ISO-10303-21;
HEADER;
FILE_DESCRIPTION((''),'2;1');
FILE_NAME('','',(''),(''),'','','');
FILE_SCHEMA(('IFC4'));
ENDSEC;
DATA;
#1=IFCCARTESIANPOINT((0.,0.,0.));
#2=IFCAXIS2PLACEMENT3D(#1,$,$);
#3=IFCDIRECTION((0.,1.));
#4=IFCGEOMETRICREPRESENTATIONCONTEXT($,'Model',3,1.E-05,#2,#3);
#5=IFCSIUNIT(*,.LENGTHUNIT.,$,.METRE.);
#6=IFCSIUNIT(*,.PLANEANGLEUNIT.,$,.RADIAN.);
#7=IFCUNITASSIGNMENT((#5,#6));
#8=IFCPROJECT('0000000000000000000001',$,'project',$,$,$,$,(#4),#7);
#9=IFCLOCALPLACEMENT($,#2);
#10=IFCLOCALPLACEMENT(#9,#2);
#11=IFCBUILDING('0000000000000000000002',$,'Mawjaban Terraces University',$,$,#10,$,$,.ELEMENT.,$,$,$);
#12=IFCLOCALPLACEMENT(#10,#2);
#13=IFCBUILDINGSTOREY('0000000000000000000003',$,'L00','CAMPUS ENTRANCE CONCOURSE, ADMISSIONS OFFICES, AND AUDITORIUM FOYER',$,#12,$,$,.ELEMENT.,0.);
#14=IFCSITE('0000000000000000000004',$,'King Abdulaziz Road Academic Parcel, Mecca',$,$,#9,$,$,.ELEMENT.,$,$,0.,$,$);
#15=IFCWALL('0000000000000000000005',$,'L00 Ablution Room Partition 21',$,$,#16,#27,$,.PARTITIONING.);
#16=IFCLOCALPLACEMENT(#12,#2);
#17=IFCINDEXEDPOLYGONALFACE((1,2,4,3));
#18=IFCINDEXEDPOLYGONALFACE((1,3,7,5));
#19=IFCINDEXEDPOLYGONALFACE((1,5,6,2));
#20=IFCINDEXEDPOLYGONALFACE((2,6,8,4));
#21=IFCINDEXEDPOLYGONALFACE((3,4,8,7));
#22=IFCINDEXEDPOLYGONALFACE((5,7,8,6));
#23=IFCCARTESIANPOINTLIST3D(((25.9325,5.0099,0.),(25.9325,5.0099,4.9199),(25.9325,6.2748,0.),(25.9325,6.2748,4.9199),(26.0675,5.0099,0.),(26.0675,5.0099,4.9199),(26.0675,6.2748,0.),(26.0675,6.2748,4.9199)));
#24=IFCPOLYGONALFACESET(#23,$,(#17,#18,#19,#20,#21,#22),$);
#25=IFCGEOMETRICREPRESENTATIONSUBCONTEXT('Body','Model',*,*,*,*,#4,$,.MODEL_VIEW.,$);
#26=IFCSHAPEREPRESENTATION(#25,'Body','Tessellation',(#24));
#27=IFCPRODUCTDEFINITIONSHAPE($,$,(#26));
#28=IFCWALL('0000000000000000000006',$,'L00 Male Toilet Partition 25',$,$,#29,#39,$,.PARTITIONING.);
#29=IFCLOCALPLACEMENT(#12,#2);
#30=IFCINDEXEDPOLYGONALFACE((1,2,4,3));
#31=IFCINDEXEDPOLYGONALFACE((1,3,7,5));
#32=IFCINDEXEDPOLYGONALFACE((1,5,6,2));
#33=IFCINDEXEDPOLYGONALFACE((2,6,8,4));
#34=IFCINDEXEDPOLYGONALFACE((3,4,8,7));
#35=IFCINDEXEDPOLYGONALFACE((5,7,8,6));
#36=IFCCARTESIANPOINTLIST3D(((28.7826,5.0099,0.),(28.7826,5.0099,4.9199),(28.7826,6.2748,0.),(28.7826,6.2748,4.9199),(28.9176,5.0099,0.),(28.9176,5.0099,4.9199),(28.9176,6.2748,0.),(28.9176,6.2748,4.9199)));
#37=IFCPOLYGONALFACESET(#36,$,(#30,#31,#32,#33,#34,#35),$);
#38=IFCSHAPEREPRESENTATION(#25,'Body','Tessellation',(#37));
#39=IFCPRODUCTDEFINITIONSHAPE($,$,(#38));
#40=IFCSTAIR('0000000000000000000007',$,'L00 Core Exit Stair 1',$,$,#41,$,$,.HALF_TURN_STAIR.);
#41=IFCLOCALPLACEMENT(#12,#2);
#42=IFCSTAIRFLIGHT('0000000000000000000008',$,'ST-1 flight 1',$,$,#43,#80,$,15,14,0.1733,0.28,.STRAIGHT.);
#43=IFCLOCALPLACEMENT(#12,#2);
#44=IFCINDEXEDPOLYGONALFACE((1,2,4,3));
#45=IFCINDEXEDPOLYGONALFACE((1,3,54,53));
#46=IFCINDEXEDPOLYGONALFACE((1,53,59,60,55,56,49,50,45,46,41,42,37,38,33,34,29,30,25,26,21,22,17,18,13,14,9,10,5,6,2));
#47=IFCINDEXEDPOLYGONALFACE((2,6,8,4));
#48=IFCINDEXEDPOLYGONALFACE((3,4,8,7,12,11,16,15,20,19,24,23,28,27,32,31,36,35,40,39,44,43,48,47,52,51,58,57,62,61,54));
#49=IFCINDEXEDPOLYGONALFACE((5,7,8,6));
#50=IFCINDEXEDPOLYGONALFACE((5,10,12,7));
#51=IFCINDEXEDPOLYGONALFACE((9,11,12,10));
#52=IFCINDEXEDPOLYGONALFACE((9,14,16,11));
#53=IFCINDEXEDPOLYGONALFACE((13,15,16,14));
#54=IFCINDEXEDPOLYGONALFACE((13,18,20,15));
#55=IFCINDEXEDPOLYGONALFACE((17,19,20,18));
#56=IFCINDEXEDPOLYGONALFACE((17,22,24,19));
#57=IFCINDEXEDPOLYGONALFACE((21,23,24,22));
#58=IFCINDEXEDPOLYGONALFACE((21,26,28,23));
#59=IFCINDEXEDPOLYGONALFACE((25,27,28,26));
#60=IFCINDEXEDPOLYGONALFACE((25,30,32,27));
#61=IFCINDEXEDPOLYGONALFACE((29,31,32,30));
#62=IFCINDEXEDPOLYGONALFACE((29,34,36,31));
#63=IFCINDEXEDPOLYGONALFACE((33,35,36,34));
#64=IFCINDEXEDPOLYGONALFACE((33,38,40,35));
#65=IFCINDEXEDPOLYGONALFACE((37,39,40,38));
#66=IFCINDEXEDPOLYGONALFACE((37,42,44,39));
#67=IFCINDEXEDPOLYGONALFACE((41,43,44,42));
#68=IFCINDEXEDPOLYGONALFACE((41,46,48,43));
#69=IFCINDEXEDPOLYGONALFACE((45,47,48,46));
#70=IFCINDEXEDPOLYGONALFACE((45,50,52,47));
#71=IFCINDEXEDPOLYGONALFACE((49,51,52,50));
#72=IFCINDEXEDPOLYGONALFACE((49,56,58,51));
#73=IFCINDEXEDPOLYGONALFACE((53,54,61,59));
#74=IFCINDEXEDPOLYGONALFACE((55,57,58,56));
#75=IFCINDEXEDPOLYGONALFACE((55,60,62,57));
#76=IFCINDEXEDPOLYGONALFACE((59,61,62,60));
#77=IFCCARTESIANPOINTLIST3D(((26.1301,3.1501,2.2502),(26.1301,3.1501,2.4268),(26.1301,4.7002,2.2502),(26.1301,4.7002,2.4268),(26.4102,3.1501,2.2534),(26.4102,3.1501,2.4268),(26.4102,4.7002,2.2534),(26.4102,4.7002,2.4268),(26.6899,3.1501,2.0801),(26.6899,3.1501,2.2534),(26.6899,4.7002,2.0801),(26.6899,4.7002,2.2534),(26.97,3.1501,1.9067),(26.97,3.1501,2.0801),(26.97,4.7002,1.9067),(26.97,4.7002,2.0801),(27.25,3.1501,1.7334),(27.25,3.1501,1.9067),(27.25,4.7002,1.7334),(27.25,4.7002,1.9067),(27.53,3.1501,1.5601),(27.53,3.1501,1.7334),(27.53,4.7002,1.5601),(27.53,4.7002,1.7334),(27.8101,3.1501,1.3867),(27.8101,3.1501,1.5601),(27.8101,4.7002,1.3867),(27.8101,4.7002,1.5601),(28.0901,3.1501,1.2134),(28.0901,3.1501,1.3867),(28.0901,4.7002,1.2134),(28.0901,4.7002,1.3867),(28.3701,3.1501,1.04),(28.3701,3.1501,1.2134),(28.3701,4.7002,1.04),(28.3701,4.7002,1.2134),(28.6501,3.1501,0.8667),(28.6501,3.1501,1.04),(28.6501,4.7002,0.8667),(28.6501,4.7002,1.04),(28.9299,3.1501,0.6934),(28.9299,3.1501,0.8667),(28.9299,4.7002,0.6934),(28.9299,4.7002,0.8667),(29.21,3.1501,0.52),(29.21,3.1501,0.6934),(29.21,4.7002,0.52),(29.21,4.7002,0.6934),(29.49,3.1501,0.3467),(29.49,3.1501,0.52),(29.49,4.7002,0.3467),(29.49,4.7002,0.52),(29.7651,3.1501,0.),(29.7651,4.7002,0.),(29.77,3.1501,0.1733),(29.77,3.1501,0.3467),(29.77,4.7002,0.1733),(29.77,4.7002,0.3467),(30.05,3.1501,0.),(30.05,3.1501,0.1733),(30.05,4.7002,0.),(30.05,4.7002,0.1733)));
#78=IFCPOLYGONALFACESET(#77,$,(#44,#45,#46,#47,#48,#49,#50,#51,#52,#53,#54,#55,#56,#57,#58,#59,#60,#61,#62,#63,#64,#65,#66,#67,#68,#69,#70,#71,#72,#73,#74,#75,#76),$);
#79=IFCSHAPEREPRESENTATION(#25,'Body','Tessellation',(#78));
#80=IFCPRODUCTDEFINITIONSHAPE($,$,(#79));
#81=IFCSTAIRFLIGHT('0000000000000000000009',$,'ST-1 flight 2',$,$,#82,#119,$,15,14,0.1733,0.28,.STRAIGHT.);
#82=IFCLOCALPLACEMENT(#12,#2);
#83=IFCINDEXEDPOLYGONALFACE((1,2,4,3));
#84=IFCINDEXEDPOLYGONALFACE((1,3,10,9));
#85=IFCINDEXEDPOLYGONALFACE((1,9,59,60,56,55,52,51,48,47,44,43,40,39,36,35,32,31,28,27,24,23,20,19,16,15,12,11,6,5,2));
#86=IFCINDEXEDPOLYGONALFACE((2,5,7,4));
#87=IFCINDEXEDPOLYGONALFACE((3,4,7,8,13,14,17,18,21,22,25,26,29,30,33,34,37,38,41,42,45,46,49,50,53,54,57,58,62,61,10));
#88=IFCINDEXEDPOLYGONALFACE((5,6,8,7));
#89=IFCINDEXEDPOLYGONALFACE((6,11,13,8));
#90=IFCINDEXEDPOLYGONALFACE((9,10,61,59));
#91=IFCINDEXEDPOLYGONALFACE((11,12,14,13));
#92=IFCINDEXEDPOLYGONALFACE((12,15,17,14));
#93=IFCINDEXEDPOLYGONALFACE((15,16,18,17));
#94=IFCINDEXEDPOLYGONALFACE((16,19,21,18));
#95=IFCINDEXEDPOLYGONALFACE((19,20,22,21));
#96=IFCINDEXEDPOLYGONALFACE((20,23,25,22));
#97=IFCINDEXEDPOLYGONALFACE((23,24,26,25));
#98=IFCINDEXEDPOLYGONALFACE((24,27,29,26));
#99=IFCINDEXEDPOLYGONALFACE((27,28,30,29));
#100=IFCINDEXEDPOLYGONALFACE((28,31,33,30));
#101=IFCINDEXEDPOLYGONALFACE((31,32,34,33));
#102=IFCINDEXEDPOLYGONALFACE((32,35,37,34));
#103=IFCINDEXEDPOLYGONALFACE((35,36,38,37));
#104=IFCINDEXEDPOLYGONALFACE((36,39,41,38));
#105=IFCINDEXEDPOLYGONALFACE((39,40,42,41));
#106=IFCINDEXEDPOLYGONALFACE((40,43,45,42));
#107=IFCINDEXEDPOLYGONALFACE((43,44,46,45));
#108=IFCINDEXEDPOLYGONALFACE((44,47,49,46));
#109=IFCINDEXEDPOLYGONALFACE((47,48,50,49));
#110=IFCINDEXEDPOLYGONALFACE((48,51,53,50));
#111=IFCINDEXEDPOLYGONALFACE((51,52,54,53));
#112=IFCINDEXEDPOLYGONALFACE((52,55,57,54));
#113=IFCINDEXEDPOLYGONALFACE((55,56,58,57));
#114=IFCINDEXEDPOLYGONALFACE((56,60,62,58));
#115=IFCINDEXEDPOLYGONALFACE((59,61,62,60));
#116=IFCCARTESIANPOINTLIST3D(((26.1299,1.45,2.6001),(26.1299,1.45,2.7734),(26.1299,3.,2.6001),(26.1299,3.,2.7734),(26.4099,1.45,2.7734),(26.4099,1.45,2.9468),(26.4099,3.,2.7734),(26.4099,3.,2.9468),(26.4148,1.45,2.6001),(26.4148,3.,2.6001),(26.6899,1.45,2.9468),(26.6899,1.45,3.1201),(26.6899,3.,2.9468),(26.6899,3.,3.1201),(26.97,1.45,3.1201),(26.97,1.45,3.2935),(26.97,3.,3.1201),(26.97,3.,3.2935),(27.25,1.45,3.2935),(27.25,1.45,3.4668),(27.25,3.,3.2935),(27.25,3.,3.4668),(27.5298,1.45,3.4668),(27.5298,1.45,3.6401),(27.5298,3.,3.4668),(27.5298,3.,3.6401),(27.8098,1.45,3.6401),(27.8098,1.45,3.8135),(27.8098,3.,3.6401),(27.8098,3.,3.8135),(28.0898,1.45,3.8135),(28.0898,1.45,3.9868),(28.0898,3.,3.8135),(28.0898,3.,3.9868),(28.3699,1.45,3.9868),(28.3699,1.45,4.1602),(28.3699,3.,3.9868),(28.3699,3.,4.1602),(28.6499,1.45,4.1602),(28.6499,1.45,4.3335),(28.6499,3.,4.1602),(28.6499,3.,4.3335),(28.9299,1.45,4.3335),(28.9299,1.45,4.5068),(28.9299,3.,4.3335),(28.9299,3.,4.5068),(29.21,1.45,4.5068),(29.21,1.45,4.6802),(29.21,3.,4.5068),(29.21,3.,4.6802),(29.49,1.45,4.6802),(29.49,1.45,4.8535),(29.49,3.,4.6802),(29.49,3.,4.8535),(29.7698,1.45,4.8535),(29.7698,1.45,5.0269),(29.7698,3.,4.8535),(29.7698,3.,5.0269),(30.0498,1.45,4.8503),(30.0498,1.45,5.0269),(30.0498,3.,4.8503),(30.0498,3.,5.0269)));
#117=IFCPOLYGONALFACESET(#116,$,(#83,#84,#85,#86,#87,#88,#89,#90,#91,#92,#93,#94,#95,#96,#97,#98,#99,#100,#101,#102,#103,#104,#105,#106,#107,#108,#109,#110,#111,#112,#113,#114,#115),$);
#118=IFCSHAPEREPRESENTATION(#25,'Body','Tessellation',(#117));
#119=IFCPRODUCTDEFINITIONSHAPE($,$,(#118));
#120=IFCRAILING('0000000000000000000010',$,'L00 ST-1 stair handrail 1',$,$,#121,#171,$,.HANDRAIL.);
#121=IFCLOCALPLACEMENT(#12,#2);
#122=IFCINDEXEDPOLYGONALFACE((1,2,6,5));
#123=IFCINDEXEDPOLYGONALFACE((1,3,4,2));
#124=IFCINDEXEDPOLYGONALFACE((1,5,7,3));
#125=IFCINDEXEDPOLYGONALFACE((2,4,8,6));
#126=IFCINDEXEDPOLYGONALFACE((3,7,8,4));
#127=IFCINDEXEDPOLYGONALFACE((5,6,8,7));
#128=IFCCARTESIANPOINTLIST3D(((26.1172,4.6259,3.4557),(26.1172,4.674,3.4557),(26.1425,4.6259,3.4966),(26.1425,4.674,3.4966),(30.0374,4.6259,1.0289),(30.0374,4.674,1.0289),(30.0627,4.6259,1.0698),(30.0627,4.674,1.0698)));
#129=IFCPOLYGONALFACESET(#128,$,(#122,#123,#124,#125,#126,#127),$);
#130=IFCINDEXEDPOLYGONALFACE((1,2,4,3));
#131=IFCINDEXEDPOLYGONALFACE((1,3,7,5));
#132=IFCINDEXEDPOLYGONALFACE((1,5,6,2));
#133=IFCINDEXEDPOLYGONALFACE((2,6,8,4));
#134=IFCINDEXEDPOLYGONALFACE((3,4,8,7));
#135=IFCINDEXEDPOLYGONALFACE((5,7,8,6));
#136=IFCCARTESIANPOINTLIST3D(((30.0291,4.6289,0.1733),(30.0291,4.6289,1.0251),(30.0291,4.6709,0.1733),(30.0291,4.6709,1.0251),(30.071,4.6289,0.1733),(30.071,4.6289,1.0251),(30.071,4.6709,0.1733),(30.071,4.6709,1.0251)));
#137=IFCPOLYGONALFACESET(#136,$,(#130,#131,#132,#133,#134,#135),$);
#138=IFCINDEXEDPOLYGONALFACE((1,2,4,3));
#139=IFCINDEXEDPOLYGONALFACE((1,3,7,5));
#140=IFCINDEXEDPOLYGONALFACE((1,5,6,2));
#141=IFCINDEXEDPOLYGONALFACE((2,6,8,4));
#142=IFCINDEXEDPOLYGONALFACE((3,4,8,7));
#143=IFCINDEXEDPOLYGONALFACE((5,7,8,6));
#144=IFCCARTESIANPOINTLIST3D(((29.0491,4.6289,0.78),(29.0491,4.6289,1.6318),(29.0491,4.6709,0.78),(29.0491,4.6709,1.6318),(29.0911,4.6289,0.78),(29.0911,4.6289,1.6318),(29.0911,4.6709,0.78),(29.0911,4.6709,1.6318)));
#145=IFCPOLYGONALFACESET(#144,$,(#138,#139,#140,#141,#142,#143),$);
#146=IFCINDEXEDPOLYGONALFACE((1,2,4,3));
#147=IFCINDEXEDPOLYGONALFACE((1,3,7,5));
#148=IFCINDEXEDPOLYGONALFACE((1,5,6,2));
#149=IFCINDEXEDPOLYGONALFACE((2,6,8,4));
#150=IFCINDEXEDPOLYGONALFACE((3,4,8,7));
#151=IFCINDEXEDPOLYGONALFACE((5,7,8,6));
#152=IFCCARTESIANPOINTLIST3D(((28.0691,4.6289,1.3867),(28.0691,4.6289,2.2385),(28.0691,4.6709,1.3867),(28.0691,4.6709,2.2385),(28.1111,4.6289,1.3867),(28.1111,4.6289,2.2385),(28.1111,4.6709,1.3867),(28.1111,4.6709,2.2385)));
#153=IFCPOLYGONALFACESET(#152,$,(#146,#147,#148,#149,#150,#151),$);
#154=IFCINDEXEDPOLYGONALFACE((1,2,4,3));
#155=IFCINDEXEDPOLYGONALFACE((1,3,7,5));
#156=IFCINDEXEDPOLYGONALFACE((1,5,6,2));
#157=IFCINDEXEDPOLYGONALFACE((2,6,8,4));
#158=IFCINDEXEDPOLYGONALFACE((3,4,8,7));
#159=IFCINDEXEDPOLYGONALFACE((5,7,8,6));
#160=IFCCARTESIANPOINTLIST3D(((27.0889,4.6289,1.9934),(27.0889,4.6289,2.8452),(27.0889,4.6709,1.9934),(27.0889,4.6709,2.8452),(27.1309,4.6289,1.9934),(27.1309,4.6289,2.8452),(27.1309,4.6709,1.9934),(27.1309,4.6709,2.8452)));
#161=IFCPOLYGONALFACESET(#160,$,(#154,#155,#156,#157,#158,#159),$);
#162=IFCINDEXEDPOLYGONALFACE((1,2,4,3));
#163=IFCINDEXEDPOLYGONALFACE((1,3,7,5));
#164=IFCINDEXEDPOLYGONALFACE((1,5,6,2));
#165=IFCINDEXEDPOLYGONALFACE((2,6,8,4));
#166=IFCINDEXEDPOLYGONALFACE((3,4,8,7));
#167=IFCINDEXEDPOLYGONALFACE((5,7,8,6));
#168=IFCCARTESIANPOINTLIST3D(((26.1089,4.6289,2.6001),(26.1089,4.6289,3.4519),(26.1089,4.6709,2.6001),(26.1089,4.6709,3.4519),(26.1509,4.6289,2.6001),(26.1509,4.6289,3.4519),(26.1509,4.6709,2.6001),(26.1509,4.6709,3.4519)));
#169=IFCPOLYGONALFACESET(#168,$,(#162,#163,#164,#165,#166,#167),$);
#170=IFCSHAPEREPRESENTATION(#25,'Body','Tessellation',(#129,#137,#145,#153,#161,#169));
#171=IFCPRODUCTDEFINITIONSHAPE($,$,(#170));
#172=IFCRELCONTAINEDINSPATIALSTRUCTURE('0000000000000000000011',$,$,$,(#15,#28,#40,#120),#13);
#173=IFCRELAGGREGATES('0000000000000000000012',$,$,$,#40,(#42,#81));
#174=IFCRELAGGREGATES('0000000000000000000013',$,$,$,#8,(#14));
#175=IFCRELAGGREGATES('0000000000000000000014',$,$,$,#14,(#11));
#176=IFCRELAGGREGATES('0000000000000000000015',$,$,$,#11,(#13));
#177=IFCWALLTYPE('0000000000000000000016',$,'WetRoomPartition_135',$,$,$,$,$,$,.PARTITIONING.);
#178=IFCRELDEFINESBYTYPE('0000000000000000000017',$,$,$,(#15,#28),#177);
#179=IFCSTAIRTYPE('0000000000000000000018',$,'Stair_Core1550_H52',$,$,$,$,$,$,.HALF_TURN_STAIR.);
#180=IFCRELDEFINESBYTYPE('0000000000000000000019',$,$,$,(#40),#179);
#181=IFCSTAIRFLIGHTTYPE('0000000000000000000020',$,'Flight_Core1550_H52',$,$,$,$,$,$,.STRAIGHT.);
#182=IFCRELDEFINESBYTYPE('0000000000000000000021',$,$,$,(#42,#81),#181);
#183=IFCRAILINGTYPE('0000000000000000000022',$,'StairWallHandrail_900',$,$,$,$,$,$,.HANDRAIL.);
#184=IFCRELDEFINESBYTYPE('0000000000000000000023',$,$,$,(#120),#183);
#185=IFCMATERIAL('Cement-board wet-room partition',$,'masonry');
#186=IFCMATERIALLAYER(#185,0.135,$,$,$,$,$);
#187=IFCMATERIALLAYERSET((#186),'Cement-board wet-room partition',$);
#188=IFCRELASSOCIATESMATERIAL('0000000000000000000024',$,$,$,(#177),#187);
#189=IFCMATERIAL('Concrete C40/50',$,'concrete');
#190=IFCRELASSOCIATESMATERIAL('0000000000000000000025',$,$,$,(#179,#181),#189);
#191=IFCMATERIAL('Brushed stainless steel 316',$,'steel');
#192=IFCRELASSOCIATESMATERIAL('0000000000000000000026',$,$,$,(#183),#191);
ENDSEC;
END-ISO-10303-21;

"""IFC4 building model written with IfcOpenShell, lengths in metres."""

from ifc_helpers import new_model, si_unit, direction, frame, frame_2d, origin, origin_2d, place, context, subcontext, project, spatial, polyline, rectangle, outline, extrude, material, layer, layer_set, type_object, element, aggregate, save


model = new_model("IFC4")

# Units and contexts
model_context = context("Model", 3, precision=1e-05, world=origin(), true_north=direction((0.0, 1.0)))
body_context = subcontext(model_context, "Body", "Model", "MODEL_VIEW")
ifc_project = project(units=[si_unit("LENGTHUNIT", "METRE"), si_unit("PLANEANGLEUNIT", "RADIAN")], contexts=[model_context])

# Site, building, storey
site_placement = place(None, origin())
site = spatial("IfcSite", under=ifc_project, at=site_placement, Name="King Abdulaziz Road Academic Parcel, Mecca", CompositionType="ELEMENT", RefElevation=0.0)
building_placement = place(site_placement, origin())
building = spatial("IfcBuilding", under=site, at=building_placement, Name="Mawjaban Terraces University", CompositionType="ELEMENT")
storey_placement = place(building_placement, origin())
storey = spatial("IfcBuildingStorey", under=building, at=storey_placement, Name="L00", Description="CAMPUS ENTRANCE CONCOURSE, ADMISSIONS OFFICES, AND AUDITORIUM FOYER", CompositionType="ELEMENT", Elevation=0.0)

# Walls
ifc_material_1 = material(Name="Cement-board wet-room partition", Category="masonry")
ifc_layer_1 = layer(ifc_material_1, 0.135)
ifc_layer_set_1 = layer_set([ifc_layer_1], Name="Cement-board wet-room partition")
wall_type_1 = type_object("IfcWallType", Name="WetRoomPartition_135", PredefinedType="PARTITIONING", material=ifc_layer_set_1)
for number, where, z_axis, x_axis, name in (
    (1, (26.0, 5.01, 0.0), (0.0, 0.0, 1.0), (0.0, 1.0, 0.0), "L00 Ablution Room Partition 21"),
    (2, (28.8501, 5.01, 0.0), (0.0, 0.0, 1.0), (0.0, 1.0, 0.0), "L00 Male Toilet Partition 25"),
):
    element("IfcWall", number, at=place(storey_placement, frame(where, z_axis=z_axis, x_axis=x_axis)), inside=storey, type_object=wall_type_1, Name=name, PredefinedType="PARTITIONING", context=body_context, shape_type="SweptSolid", body=[
        extrude(rectangle(XDim=1.2649, YDim=0.135, at=frame_2d((0.6323, 0.0))), origin(), (0.0, 0.0, 1.0), 4.9199),
    ])

# Stair, stair flights
ifc_material_2 = material(Name="Concrete C40/50", Category="concrete")
stair_type = type_object("IfcStairType", Name="Stair_Core1550_H52", PredefinedType="HALF_TURN_STAIR", material=ifc_material_2)
stair_placement = place(storey_placement, origin())
stair = element("IfcStair", 3, at=stair_placement, inside=storey, type_object=stair_type, Name="L00 Core Exit Stair 1", PredefinedType="HALF_TURN_STAIR")
stair_flight_type = type_object("IfcStairFlightType", Name="Flight_Core1550_H52", PredefinedType="STRAIGHT", material=ifc_material_2)
stair_flight_1_placement = place(storey_placement, frame((30.05, 3.925, 0.0), z_axis=(0.0, 0.0, 1.0), x_axis=(-1.0, 0.0, 0.0)))
stair_flight_1 = element("IfcStairFlight", 4, at=stair_flight_1_placement, type_object=stair_flight_type, Name="ST-1 flight 1", NumberOfRisers=15, NumberOfTreads=14, PredefinedType="STRAIGHT", RiserHeight=0.1733, TreadLength=0.28, context=body_context, shape_type="SweptSolid", body=[
    extrude(outline(polyline([(0.0, 0.0), (0.0, 0.1733), (0.28, 0.1733), (0.28, 0.3467), (0.5601, 0.3467), (0.5601, 0.52), (0.8401, 0.52), (0.8401, 0.6934), (1.1201, 0.6934), (1.1201, 0.8667), (1.3999, 0.8667), (1.3999, 1.04), (1.6799, 1.04), (1.6799, 1.2134), (1.96, 1.2134), (1.96, 1.3867), (2.24, 1.3867), (2.24, 1.5601), (2.52, 1.5601), (2.52, 1.7334), (2.8, 1.7334), (2.8, 1.9067), (3.0801, 1.9067), (3.0801, 2.0801), (3.3601, 2.0801), (3.3601, 2.2534), (3.6399, 2.2534), (3.6399, 2.4268), (3.9199, 2.4268), (3.9199, 2.6001), (3.9199, 2.2502), (0.2849, 0.0), (0.0, 0.0)])), frame((0.0, 0.7749, 0.0), z_axis=(0.0, -1.0, 0.0), x_axis=(1.0, 0.0, 0.0)), (0.0, 0.0, 1.0), 1.55),
])
stair_flight_2_placement = place(storey_placement, frame((26.1299, 2.2251, 2.6001), z_axis=(0.0, 0.0, 1.0), x_axis=(1.0, 0.0, 0.0)))
stair_flight_2 = element("IfcStairFlight", 5, at=stair_flight_2_placement, type_object=stair_flight_type, Name="ST-1 flight 2", NumberOfRisers=15, NumberOfTreads=14, PredefinedType="STRAIGHT", RiserHeight=0.1733, TreadLength=0.28, context=body_context, shape_type="SweptSolid", body=[
    extrude(outline(polyline([(0.0, 0.0), (0.0, 0.1733), (0.28, 0.1733), (0.28, 0.3467), (0.5601, 0.3467), (0.5601, 0.52), (0.8401, 0.52), (0.8401, 0.6934), (1.1201, 0.6934), (1.1201, 0.8667), (1.3999, 0.8667), (1.3999, 1.04), (1.6799, 1.04), (1.6799, 1.2134), (1.96, 1.2134), (1.96, 1.3867), (2.24, 1.3867), (2.24, 1.5601), (2.52, 1.5601), (2.52, 1.7334), (2.8, 1.7334), (2.8, 1.9067), (3.0801, 1.9067), (3.0801, 2.0801), (3.3601, 2.0801), (3.3601, 2.2534), (3.6399, 2.2534), (3.6399, 2.4268), (3.9199, 2.4268), (3.9199, 2.6001), (3.9199, 2.2502), (0.2849, 0.0), (0.0, 0.0)])), frame((0.0, 0.7749, 0.0), z_axis=(0.0, -1.0, 0.0), x_axis=(1.0, 0.0, 0.0)), (0.0, 0.0, 1.0), 1.55),
])
aggregate(stair, [stair_flight_1, stair_flight_2])

# Railing
ifc_material_3 = material(Name="Brushed stainless steel 316", Category="steel")
railing_type_1 = type_object("IfcRailingType", Name="StairWallHandrail_900", PredefinedType="HANDRAIL", material=ifc_material_3)
railing_1_placement = place(storey_placement, frame((30.05, 4.6499, 0.1733)))
element("IfcRailing", 6, at=railing_1_placement, inside=storey, type_object=railing_type_1, Name="L00 ST-1 stair handrail 1", PredefinedType="HANDRAIL", context=body_context, shape_type="SweptSolid", body=[
    extrude(rectangle(XDim=0.0481, YDim=0.0481, at=origin_2d()), frame((0.0, 0.0, 0.876), z_axis=(-0.850266, 0.0, 0.526353), x_axis=(0.0, -1.0, 0.0)), (0.0, 0.0, 1.0), 4.6106),
    extrude(rectangle(XDim=0.042, YDim=0.042, at=origin_2d()), origin(), (0.0, 0.0, 1.0), 0.8518),
    extrude(rectangle(XDim=0.042, YDim=0.042, at=origin_2d()), frame((-0.98, 0.0, 0.6067)), (0.0, 0.0, 1.0), 0.8518),
    extrude(rectangle(XDim=0.042, YDim=0.042, at=origin_2d()), frame((-1.96, 0.0, 1.2134)), (0.0, 0.0, 1.0), 0.8518),
    extrude(rectangle(XDim=0.042, YDim=0.042, at=origin_2d()), frame((-2.9402, 0.0, 1.8201)), (0.0, 0.0, 1.0), 0.8518),
    extrude(rectangle(XDim=0.042, YDim=0.042, at=origin_2d()), frame((-3.9202, 0.0, 2.4268)), (0.0, 0.0, 1.0), 0.8518),
])

save(model, "model.ifc")
